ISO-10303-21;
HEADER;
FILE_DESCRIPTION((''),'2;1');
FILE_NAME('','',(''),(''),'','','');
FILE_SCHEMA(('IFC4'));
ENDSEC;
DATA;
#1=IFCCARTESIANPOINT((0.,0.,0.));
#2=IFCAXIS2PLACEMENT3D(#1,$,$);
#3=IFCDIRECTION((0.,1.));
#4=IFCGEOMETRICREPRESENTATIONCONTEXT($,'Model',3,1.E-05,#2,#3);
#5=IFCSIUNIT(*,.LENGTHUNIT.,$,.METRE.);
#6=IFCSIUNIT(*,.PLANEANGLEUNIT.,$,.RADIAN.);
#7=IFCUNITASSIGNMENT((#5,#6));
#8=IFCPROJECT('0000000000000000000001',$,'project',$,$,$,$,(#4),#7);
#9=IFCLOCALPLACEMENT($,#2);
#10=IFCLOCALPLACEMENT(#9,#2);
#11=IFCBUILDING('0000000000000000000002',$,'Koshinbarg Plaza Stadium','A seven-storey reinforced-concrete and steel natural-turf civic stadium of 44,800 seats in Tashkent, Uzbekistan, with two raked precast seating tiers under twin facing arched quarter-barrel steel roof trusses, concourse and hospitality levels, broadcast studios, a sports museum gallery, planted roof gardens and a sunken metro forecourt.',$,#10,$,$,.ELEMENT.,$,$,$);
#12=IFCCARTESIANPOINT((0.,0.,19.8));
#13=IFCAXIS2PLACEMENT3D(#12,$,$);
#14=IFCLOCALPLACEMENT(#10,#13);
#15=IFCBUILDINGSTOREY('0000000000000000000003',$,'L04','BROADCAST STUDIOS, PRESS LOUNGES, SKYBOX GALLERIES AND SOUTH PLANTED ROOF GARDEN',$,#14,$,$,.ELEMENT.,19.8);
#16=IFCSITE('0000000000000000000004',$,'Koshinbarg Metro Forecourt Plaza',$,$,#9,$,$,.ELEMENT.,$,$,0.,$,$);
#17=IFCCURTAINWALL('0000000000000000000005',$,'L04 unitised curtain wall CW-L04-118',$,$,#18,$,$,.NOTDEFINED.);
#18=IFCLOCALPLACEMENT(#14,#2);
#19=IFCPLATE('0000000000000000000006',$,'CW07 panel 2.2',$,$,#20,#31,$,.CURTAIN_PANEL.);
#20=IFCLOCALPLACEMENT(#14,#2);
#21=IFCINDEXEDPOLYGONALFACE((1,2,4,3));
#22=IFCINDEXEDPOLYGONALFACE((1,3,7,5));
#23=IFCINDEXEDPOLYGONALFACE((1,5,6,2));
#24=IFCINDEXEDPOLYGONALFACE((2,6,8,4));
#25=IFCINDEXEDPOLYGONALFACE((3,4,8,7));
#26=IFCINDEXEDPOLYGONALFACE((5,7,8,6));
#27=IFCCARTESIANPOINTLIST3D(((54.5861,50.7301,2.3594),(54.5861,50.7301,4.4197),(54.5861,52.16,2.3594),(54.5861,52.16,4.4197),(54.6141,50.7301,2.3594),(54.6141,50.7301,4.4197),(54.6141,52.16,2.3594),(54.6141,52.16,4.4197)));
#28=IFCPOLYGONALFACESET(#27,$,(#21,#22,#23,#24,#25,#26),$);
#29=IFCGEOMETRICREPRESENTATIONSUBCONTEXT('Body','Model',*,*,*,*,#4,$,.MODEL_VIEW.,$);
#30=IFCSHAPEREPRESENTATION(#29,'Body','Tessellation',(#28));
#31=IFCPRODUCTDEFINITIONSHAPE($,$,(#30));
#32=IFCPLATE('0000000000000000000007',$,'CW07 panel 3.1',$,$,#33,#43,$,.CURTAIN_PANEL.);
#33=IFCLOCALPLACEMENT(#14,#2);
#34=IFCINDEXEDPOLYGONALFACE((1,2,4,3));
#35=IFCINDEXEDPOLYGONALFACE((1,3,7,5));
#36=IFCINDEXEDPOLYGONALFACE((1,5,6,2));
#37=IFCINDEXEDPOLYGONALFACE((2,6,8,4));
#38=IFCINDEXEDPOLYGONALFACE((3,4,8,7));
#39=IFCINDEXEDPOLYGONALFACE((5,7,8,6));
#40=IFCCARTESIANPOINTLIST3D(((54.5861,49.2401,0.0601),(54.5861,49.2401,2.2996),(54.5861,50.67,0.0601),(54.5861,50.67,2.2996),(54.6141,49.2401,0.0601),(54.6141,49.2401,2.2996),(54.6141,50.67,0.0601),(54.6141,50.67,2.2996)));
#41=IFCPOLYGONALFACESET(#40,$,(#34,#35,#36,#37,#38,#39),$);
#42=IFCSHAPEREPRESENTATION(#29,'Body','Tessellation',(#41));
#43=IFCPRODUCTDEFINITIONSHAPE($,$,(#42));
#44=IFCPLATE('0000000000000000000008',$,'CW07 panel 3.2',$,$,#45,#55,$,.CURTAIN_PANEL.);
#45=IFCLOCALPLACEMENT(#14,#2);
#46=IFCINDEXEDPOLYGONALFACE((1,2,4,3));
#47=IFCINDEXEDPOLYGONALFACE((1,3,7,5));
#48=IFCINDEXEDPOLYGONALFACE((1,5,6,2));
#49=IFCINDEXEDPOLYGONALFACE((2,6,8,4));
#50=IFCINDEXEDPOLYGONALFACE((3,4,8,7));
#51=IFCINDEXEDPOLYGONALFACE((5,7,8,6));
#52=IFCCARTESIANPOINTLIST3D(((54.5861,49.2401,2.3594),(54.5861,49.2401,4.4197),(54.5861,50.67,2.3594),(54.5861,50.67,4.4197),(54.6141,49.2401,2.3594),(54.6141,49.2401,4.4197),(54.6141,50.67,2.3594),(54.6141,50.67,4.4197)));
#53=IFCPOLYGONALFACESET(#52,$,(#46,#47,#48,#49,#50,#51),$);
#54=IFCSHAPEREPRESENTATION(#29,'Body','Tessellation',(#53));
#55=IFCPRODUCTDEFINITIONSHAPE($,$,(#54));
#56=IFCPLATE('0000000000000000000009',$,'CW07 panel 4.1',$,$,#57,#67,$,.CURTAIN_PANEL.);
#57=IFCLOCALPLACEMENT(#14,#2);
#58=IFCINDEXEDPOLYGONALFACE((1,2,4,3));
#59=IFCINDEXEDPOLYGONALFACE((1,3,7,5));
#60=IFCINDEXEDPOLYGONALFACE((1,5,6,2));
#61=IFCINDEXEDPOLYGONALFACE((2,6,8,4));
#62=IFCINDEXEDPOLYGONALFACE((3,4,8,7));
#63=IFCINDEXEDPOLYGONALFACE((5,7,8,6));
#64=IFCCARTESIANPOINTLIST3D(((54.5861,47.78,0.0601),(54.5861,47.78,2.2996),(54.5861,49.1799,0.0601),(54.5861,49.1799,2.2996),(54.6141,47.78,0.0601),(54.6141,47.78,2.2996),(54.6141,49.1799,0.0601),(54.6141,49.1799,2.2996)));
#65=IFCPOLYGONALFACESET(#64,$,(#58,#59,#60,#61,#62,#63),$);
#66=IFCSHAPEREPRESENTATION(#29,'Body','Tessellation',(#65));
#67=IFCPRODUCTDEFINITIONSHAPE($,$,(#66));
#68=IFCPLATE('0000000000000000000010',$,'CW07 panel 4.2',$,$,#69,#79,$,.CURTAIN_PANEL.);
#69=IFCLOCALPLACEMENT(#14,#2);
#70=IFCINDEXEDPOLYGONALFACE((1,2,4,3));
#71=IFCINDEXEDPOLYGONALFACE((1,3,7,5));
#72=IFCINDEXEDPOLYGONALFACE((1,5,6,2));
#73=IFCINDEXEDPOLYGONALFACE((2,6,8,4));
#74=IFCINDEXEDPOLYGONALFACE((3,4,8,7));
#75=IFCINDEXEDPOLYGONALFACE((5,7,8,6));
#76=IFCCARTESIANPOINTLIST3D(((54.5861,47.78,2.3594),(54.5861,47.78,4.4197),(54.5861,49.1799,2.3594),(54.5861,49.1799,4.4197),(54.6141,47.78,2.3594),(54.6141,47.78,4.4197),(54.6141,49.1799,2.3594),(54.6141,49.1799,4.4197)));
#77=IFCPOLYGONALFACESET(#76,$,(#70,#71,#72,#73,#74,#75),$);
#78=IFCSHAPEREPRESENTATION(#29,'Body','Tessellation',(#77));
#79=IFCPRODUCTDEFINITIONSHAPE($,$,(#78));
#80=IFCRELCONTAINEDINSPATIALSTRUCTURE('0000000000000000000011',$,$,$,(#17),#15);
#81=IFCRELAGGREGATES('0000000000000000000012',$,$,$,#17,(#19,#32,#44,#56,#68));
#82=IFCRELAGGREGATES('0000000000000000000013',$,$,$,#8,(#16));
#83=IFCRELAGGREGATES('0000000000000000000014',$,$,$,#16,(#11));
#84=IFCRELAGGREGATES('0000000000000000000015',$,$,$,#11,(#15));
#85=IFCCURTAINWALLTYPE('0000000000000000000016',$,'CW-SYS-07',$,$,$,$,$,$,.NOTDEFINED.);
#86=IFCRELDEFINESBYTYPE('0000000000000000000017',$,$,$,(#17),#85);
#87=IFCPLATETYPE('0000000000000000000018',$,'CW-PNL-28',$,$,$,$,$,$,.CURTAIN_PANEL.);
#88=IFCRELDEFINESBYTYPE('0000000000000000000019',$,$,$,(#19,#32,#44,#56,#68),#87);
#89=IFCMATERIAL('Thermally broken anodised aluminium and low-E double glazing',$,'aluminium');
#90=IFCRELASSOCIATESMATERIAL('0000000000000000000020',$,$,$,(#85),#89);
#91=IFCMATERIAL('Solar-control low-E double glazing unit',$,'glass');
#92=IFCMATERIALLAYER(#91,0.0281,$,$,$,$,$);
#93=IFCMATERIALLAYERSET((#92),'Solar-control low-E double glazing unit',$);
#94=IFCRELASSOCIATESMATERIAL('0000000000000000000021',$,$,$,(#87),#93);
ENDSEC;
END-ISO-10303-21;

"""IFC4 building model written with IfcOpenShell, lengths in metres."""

from ifc_helpers import new_model, si_unit, direction, frame, origin, origin_2d, place, context, subcontext, project, spatial, rectangle, extrude, material, layer, layer_set, type_object, element, aggregate, save


model = new_model("IFC4")

# Units and contexts
model_context = context("Model", 3, precision=1e-05, world=origin(), true_north=direction((0.0, 1.0)))
body_context = subcontext(model_context, "Body", "Model", "MODEL_VIEW")
ifc_project = project(units=[si_unit("LENGTHUNIT", "METRE"), si_unit("PLANEANGLEUNIT", "RADIAN")], contexts=[model_context])

# Site, building, storey
site_placement = place(None, origin())
site = spatial("IfcSite", under=ifc_project, at=site_placement, Name="Koshinbarg Metro Forecourt Plaza", CompositionType="ELEMENT", RefElevation=0.0)
building_placement = place(site_placement, origin())
building = spatial("IfcBuilding", under=site, at=building_placement, Name="Koshinbarg Plaza Stadium", Description="A seven-storey reinforced-concrete and steel natural-turf civic stadium of 44,800 seats in Tashkent, Uzbekistan, with two raked precast seating tiers under twin facing arched quarter-barrel steel roof trusses, concourse and hospitality levels, broadcast studios, a sports museum gallery, planted roof gardens and a sunken metro forecourt.", CompositionType="ELEMENT")
storey_placement = place(building_placement, frame((0.0, 0.0, 19.8)))
storey = spatial("IfcBuildingStorey", under=building, at=storey_placement, Name="L04", Description="BROADCAST STUDIOS, PRESS LOUNGES, SKYBOX GALLERIES AND SOUTH PLANTED ROOF GARDEN", CompositionType="ELEMENT", Elevation=19.8)

# Curtain wall
ifc_material_1 = material(Name="Thermally broken anodised aluminium and low-E double glazing", Category="aluminium")
curtain_wall_type_1 = type_object("IfcCurtainWallType", Name="CW-SYS-07", PredefinedType="NOTDEFINED", material=ifc_material_1)
curtain_wall_1_placement = place(storey_placement, origin())
curtain_wall_1 = element("IfcCurtainWall", 1, at=curtain_wall_1_placement, inside=storey, type_object=curtain_wall_type_1, Name="L04 unitised curtain wall CW-L04-118", PredefinedType="NOTDEFINED")

# Plates
ifc_material_2 = material(Name="Solar-control low-E double glazing unit", Category="glass")
ifc_layer = layer(ifc_material_2, 0.0281)
ifc_layer_set = layer_set([ifc_layer], Name="Solar-control low-E double glazing unit")
plate_type = type_object("IfcPlateType", Name="CW-PNL-28", PredefinedType="CURTAIN_PANEL", material=ifc_layer_set)
plate_1_placement = place(storey_placement, frame((54.6001, 51.4451, 2.3594), z_axis=(0.0, 0.0, 1.0), x_axis=(0.0, -1.0, 0.0)))
plate_1 = element("IfcPlate", 2, at=plate_1_placement, type_object=plate_type, Name="CW07 panel 2.2", PredefinedType="CURTAIN_PANEL", context=body_context, shape_type="SweptSolid", body=[
    extrude(rectangle(XDim=1.4299, YDim=0.0281, at=origin_2d()), origin(), (0.0, 0.0, 1.0), 2.0603),
])
plate_2_placement = place(storey_placement, frame((54.6001, 49.9551, 0.0601), z_axis=(0.0, 0.0, 1.0), x_axis=(0.0, -1.0, 0.0)))
plate_2 = element("IfcPlate", 3, at=plate_2_placement, type_object=plate_type, Name="CW07 panel 3.1", PredefinedType="CURTAIN_PANEL", context=body_context, shape_type="SweptSolid", body=[
    extrude(rectangle(XDim=1.4299, YDim=0.0281, at=origin_2d()), origin(), (0.0, 0.0, 1.0), 2.2395),
])
plate_3_placement = place(storey_placement, frame((54.6001, 49.9551, 2.3594), z_axis=(0.0, 0.0, 1.0), x_axis=(0.0, -1.0, 0.0)))
plate_3 = element("IfcPlate", 4, at=plate_3_placement, type_object=plate_type, Name="CW07 panel 3.2", PredefinedType="CURTAIN_PANEL", context=body_context, shape_type="SweptSolid", body=[
    extrude(rectangle(XDim=1.4299, YDim=0.0281, at=origin_2d()), origin(), (0.0, 0.0, 1.0), 2.0603),
])
plate_4_placement = place(storey_placement, frame((54.6001, 48.48, 0.0601), z_axis=(0.0, 0.0, 1.0), x_axis=(0.0, -1.0, 0.0)))
plate_4 = element("IfcPlate", 5, at=plate_4_placement, type_object=plate_type, Name="CW07 panel 4.1", PredefinedType="CURTAIN_PANEL", context=body_context, shape_type="SweptSolid", body=[
    extrude(rectangle(XDim=1.3999, YDim=0.0281, at=origin_2d()), origin(), (0.0, 0.0, 1.0), 2.2395),
])
plate_5_placement = place(storey_placement, frame((54.6001, 48.48, 2.3594), z_axis=(0.0, 0.0, 1.0), x_axis=(0.0, -1.0, 0.0)))
plate_5 = element("IfcPlate", 6, at=plate_5_placement, type_object=plate_type, Name="CW07 panel 4.2", PredefinedType="CURTAIN_PANEL", context=body_context, shape_type="SweptSolid", body=[
    extrude(rectangle(XDim=1.3999, YDim=0.0281, at=origin_2d()), origin(), (0.0, 0.0, 1.0), 2.0603),
])
aggregate(curtain_wall_1, [plate_1, plate_2, plate_3, plate_4, plate_5])

save(model, "model.ifc")
